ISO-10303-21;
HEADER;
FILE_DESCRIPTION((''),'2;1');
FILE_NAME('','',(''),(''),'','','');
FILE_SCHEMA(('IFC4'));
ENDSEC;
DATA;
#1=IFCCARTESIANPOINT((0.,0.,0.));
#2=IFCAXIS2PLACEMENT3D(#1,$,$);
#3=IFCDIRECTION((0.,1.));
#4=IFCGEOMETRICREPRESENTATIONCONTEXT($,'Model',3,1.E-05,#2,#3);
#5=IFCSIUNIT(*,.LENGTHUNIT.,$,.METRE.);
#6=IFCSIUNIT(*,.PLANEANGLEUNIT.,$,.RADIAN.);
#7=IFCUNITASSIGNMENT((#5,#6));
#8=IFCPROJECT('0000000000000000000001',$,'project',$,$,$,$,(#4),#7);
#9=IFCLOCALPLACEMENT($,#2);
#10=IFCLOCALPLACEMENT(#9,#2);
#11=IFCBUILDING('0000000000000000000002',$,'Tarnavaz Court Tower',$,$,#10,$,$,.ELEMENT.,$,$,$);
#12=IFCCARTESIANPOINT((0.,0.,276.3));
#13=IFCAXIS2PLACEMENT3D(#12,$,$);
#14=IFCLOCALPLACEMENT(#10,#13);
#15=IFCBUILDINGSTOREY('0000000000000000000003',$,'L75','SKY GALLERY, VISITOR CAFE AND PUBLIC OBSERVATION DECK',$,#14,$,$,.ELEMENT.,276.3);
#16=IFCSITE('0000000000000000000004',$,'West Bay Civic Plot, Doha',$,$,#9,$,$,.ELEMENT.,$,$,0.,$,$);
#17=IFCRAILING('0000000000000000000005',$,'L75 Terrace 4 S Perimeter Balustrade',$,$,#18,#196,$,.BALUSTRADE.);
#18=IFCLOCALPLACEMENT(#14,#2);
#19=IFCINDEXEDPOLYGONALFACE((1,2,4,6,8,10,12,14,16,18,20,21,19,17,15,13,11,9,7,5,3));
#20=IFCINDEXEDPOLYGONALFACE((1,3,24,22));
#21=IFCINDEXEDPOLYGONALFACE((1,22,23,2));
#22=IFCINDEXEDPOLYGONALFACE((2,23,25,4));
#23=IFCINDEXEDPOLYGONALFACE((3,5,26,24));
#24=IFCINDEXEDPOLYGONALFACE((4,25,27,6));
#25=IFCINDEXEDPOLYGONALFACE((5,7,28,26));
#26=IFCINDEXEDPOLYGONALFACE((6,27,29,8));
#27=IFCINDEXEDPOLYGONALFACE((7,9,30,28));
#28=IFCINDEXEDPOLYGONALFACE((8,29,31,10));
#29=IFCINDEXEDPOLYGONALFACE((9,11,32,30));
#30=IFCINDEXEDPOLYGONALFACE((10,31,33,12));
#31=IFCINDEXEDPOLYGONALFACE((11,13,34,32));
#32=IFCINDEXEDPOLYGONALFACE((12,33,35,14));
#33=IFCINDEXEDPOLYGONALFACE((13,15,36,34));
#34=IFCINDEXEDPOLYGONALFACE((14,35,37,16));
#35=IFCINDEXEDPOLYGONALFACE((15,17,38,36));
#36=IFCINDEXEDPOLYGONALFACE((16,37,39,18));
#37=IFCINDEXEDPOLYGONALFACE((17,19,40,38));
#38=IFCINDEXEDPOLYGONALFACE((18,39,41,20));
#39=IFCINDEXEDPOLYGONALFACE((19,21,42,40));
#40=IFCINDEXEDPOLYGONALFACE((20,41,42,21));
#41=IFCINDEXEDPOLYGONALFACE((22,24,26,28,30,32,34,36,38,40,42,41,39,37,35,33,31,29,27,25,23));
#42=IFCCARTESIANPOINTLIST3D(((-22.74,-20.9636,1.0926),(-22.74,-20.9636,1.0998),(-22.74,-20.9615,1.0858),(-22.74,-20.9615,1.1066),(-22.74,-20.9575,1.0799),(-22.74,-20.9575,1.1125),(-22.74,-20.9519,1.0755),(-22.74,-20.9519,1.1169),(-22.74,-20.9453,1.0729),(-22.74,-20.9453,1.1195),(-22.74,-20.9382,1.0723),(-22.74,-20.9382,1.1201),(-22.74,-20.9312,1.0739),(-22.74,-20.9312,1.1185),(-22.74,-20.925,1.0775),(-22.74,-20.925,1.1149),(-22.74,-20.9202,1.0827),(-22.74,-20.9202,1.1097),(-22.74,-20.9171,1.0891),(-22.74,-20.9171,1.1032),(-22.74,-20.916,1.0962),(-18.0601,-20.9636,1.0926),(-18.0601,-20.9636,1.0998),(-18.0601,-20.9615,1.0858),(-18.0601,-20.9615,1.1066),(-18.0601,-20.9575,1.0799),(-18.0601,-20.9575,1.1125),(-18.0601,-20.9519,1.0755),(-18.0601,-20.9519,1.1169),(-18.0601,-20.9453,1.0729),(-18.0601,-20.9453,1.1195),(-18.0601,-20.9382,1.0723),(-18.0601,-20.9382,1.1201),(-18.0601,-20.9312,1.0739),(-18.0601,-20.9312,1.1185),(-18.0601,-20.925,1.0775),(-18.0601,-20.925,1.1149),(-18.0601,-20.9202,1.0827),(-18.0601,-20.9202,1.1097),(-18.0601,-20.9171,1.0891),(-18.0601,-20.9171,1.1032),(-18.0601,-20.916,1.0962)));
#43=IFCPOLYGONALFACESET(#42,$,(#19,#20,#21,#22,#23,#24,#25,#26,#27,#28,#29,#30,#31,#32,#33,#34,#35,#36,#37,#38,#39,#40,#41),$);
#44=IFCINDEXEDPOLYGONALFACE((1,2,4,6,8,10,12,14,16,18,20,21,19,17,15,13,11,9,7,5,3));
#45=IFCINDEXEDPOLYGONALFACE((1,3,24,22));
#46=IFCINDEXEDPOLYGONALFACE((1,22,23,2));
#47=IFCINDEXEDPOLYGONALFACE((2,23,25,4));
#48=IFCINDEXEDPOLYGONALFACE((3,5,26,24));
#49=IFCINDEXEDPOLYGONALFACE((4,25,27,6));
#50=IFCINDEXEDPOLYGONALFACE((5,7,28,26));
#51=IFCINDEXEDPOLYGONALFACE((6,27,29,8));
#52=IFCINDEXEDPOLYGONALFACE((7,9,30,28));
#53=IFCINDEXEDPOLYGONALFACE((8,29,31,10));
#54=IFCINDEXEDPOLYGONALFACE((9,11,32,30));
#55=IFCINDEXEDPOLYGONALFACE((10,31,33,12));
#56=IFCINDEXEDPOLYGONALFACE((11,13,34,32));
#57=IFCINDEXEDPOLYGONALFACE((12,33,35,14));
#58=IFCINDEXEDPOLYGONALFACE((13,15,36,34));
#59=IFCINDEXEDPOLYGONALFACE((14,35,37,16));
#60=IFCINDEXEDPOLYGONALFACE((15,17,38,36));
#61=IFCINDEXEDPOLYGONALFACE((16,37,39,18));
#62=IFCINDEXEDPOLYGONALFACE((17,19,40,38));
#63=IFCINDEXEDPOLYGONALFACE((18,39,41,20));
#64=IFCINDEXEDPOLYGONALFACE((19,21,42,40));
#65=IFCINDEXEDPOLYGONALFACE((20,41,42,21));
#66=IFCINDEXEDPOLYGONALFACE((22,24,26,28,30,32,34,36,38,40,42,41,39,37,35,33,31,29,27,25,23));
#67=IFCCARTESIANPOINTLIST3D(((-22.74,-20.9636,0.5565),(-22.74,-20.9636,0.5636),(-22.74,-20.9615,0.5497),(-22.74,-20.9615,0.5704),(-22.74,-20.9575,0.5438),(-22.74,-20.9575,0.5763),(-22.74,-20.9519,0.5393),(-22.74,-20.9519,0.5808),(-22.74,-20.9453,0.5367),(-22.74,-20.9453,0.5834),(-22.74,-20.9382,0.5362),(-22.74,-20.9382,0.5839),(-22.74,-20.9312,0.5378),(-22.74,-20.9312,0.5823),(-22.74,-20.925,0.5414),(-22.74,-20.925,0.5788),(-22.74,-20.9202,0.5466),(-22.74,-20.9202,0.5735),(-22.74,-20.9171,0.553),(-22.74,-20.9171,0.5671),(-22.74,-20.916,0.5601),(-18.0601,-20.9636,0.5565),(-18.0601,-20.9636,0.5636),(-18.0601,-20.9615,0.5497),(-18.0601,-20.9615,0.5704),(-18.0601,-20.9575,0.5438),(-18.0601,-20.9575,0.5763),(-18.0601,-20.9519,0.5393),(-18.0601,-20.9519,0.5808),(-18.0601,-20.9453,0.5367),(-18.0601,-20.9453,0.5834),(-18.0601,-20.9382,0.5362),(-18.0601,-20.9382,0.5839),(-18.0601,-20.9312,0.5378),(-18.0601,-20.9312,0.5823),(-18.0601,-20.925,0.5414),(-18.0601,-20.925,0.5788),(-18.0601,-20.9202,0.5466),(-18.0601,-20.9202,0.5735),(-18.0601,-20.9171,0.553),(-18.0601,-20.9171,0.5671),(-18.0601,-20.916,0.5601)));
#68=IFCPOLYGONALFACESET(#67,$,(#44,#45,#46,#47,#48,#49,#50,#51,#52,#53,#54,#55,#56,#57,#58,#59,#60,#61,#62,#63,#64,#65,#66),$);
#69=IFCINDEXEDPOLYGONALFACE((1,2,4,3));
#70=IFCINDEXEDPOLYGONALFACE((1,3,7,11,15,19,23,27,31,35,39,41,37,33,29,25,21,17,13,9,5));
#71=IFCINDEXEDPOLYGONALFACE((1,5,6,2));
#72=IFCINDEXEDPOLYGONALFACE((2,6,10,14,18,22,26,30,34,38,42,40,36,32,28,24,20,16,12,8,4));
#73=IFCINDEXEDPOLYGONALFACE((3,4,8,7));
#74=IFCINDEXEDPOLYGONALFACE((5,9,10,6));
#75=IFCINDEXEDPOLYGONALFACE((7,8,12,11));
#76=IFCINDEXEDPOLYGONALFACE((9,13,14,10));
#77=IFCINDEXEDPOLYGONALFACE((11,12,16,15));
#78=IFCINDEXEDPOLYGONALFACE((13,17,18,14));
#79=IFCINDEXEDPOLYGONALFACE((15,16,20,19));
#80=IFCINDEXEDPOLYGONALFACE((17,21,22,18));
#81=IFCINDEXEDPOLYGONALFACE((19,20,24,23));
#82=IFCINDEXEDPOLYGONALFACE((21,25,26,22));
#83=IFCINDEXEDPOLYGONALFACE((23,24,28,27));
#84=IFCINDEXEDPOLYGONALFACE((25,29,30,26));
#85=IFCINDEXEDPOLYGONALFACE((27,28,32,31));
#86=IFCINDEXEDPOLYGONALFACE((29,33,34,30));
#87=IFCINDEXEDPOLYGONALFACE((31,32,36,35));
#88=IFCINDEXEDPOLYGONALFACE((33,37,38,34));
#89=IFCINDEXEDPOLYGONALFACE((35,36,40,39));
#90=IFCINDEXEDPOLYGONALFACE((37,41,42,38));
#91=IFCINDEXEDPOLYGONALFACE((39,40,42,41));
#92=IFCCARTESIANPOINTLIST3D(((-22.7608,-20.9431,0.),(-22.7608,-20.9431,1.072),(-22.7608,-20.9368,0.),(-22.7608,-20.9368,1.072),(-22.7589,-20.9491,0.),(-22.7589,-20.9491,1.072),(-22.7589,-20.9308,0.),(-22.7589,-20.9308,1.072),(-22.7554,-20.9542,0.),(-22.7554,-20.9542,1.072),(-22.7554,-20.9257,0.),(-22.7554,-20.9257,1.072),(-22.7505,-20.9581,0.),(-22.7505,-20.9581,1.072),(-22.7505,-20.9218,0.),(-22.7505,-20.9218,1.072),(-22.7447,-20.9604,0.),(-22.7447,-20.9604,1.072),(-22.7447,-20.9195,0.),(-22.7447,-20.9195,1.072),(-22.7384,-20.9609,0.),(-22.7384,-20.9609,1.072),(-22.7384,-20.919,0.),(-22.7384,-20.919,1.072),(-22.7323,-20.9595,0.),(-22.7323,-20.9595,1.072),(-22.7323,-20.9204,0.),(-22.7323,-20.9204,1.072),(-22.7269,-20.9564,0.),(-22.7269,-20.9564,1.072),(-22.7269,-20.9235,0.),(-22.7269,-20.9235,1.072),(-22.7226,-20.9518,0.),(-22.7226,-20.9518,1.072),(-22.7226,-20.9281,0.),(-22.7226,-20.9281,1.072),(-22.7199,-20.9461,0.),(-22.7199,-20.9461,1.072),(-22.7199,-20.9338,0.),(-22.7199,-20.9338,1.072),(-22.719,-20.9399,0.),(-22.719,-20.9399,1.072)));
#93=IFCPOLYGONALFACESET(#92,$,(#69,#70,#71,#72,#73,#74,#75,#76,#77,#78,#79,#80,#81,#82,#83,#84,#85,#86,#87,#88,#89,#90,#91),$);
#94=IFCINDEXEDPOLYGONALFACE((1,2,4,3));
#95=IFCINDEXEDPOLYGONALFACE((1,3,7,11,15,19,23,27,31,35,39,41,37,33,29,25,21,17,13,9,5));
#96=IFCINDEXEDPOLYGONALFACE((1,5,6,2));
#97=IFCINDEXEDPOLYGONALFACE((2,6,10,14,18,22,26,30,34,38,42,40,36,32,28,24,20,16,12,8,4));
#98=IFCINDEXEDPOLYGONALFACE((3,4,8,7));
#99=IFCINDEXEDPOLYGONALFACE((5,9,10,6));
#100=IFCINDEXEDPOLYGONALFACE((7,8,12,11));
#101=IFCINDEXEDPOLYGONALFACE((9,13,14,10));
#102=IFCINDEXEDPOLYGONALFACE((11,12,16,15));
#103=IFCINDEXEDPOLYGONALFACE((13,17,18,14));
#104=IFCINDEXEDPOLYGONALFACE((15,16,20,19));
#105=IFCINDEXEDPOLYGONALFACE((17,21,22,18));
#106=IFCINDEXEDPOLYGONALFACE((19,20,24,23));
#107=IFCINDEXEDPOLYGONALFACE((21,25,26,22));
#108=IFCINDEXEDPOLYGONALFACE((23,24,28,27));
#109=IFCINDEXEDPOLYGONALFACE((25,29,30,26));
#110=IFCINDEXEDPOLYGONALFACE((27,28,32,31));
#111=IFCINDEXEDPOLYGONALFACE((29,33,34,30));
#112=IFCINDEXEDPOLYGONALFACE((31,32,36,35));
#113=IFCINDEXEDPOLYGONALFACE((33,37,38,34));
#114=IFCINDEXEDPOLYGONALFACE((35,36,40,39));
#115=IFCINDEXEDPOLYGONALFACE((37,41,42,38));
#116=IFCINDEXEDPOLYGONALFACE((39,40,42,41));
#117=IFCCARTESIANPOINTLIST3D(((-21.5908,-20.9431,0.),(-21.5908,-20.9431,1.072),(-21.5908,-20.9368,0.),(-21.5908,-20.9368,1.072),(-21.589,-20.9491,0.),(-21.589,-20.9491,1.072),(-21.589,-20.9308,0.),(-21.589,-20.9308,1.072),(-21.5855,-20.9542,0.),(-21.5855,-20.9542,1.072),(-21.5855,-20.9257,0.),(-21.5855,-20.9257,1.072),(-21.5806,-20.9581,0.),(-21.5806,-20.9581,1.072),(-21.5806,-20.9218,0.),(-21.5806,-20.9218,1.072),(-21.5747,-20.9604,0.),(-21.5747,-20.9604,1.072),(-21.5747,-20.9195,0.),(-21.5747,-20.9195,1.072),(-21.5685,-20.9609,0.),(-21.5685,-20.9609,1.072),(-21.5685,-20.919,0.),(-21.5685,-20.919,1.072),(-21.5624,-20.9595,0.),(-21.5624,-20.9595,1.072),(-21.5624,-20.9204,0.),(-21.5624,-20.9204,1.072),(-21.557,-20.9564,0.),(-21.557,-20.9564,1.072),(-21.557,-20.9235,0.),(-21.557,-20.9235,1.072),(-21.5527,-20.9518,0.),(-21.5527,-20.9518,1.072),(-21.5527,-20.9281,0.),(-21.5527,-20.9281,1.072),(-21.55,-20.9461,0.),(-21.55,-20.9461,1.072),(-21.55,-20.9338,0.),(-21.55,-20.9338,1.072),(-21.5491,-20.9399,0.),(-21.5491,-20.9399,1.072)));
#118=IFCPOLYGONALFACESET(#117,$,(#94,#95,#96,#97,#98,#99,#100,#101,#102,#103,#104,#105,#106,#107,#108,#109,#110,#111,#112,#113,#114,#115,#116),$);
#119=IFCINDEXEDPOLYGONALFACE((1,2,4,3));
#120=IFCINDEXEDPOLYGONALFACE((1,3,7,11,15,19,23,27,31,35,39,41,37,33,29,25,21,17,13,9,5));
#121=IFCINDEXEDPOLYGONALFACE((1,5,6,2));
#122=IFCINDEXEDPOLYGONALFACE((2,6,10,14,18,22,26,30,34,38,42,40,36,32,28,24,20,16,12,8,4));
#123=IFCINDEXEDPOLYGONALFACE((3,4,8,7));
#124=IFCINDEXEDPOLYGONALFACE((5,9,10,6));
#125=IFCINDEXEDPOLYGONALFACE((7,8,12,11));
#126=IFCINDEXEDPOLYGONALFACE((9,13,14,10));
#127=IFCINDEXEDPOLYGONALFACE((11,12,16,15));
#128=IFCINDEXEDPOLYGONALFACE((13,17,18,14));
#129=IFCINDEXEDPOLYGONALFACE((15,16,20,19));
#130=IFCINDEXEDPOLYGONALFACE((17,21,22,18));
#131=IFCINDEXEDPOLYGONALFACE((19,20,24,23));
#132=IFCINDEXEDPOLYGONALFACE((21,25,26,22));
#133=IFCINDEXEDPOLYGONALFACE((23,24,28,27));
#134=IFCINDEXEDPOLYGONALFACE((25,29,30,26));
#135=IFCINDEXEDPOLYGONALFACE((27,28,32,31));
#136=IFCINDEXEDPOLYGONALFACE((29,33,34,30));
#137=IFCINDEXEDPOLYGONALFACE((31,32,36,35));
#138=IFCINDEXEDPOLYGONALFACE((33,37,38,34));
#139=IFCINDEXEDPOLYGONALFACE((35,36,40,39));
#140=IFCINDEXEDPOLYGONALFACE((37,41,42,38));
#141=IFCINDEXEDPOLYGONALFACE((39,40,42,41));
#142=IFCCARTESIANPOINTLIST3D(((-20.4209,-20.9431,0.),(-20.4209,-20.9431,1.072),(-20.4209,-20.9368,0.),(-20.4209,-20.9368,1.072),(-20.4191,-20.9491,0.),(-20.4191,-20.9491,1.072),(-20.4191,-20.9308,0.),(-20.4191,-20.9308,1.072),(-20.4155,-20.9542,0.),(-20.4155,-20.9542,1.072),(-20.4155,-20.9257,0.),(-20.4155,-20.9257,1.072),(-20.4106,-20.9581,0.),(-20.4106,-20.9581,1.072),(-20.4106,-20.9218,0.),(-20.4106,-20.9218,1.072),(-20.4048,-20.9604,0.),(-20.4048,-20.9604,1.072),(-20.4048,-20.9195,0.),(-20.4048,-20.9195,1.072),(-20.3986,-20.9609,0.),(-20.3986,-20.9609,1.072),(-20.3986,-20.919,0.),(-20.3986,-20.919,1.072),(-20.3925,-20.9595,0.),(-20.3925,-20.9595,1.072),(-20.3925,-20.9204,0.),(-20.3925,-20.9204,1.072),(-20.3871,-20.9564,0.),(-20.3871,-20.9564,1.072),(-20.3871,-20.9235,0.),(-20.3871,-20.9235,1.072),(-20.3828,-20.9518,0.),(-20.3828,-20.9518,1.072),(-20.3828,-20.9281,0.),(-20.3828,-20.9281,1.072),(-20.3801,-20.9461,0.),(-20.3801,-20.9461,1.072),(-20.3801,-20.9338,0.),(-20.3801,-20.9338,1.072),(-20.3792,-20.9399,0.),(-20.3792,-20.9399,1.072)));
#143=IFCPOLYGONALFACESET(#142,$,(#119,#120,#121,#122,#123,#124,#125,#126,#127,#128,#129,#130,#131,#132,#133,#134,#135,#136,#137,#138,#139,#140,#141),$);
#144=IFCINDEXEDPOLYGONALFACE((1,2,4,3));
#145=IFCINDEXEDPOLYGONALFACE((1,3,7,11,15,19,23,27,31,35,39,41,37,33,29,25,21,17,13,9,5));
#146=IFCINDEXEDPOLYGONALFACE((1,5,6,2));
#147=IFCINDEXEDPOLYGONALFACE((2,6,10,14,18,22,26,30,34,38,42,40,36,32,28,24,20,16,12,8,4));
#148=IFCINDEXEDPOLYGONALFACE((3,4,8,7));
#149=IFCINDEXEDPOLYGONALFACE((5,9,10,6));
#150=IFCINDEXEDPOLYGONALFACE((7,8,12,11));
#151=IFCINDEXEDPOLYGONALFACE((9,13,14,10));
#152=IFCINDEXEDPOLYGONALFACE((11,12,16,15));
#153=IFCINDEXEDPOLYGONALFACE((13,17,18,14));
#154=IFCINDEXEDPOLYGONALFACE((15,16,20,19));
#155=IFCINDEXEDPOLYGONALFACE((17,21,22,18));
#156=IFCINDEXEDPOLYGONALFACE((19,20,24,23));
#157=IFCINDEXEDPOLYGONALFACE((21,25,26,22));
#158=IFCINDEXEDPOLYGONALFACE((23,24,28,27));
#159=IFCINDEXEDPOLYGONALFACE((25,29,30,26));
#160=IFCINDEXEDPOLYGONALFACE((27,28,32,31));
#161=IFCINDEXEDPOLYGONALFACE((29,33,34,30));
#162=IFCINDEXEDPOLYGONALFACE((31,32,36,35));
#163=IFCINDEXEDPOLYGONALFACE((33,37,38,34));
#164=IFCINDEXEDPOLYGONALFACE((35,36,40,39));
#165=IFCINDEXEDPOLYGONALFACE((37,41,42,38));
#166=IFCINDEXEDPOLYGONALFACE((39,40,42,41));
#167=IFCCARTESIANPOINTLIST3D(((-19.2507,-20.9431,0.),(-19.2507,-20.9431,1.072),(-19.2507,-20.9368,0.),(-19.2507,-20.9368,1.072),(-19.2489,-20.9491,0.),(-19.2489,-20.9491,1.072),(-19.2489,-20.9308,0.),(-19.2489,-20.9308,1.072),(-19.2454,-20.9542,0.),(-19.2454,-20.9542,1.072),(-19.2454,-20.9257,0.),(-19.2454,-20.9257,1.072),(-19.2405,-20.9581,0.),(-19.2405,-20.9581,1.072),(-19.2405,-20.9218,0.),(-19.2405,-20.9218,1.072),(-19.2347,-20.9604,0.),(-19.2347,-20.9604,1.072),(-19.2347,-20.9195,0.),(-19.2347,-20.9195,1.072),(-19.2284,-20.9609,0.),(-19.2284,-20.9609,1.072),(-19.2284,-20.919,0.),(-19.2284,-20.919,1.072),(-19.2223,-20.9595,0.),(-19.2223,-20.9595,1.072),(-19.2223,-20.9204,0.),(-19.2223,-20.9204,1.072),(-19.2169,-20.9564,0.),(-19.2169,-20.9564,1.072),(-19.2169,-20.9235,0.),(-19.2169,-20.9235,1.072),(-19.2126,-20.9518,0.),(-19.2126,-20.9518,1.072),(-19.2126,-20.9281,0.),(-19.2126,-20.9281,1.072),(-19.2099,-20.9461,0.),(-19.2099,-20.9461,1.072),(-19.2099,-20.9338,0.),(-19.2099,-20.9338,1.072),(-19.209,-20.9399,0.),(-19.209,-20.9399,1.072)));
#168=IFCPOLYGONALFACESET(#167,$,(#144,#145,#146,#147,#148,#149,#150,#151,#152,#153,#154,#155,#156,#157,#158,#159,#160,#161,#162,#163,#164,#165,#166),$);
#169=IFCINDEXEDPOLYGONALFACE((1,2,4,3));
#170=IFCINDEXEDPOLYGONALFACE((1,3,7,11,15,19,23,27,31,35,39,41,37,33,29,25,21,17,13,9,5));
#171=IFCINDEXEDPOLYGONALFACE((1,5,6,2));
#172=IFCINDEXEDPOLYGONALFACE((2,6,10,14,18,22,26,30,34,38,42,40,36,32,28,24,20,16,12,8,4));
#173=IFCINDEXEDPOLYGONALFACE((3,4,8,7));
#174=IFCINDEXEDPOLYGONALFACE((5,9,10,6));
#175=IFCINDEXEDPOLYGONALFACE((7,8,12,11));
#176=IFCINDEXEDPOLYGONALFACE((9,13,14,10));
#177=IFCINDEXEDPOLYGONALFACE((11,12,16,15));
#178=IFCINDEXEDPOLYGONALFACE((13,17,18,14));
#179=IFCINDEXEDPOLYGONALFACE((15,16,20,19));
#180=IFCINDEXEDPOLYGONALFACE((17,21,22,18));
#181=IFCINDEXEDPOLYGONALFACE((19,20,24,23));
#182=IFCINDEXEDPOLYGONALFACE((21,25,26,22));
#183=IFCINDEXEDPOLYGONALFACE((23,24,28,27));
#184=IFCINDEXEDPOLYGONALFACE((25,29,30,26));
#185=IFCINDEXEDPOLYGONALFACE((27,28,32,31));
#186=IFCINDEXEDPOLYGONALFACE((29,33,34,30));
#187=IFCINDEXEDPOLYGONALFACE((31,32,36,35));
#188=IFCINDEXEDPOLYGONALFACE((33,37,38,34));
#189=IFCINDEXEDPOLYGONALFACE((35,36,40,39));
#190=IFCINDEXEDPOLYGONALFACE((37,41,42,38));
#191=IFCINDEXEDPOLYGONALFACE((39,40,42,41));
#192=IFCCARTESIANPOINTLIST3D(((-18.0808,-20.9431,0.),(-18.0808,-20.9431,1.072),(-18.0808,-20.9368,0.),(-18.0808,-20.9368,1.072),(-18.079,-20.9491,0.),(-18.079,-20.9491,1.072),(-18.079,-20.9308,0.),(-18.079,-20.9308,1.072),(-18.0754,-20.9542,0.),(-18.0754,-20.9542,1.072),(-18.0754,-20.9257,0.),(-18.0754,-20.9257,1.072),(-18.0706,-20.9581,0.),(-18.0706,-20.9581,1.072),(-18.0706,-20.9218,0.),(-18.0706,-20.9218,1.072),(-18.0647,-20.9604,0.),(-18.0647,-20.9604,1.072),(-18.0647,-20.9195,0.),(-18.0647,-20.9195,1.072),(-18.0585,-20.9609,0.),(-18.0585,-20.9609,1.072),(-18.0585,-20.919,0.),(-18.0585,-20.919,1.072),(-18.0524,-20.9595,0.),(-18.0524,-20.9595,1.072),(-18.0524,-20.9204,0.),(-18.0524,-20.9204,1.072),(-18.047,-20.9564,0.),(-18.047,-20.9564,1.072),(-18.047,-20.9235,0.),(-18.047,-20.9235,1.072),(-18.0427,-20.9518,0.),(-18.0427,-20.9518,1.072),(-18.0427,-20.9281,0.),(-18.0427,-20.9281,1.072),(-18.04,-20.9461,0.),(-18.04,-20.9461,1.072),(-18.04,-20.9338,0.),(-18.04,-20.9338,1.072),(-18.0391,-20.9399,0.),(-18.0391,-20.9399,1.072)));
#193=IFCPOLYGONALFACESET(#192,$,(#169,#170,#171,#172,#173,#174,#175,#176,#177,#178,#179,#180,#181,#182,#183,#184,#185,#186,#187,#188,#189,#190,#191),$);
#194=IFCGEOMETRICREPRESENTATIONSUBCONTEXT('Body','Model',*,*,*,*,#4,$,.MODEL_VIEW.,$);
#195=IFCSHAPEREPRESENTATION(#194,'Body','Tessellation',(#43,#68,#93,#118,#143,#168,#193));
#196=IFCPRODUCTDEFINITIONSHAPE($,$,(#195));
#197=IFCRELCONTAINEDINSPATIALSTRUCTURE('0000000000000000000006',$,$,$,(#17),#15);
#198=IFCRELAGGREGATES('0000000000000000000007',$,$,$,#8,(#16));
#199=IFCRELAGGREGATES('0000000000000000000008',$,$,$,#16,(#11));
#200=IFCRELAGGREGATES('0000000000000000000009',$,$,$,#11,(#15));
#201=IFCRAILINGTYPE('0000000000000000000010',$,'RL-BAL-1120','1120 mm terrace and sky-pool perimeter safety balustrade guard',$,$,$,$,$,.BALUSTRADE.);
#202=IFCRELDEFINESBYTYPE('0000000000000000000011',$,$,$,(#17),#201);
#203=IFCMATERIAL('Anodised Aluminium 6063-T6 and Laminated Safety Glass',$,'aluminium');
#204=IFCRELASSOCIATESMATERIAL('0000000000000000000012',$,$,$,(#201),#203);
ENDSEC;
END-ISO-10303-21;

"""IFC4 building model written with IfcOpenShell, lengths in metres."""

from ifc_helpers import new_model, si_unit, direction, frame, origin, origin_2d, place, context, subcontext, project, spatial, circle, extrude, material, type_object, element, save


model = new_model("IFC4")

# Units and contexts
model_context = context("Model", 3, precision=1e-05, world=origin(), true_north=direction((0.0, 1.0)))
body_context = subcontext(model_context, "Body", "Model", "MODEL_VIEW")
ifc_project = project(units=[si_unit("LENGTHUNIT", "METRE"), si_unit("PLANEANGLEUNIT", "RADIAN")], contexts=[model_context])

# Site, building, storey
site_placement = place(None, origin())
site = spatial("IfcSite", under=ifc_project, at=site_placement, Name="West Bay Civic Plot, Doha", CompositionType="ELEMENT", RefElevation=0.0)
building_placement = place(site_placement, origin())
building = spatial("IfcBuilding", under=site, at=building_placement, Name="Tarnavaz Court Tower", CompositionType="ELEMENT")
storey_placement = place(building_placement, frame((0.0, 0.0, 276.3)))
storey = spatial("IfcBuildingStorey", under=building, at=storey_placement, Name="L75", Description="SKY GALLERY, VISITOR CAFE AND PUBLIC OBSERVATION DECK", CompositionType="ELEMENT", Elevation=276.3)

# Railing
ifc_material_1 = material(Name="Anodised Aluminium 6063-T6 and Laminated Safety Glass", Category="aluminium")
railing_type = type_object("IfcRailingType", Name="RL-BAL-1120", Description="1120 mm terrace and sky-pool perimeter safety balustrade guard", PredefinedType="BALUSTRADE", material=ifc_material_1)
railing_1_placement = place(storey_placement, frame((-22.74, -20.9399, 0.0)))
element("IfcRailing", 1, at=railing_1_placement, inside=storey, type_object=railing_type, Name="L75 Terrace 4 S Perimeter Balustrade", PredefinedType="BALUSTRADE", context=body_context, shape_type="SweptSolid", body=[
    extrude(circle(Radius=0.0239, at=origin_2d()), frame((0.0, 0.0, 1.0962), z_axis=(1.0, 0.0, 0.0), x_axis=(0.0, 1.0, 0.0)), (0.0, 0.0, 1.0), 4.6799),
    extrude(circle(Radius=0.0239, at=origin_2d()), frame((0.0, 0.0, 0.5601), z_axis=(1.0, 0.0, 0.0), x_axis=(0.0, 1.0, 0.0)), (0.0, 0.0, 1.0), 4.6799),
    extrude(circle(Radius=0.021, at=origin_2d()), origin(), (0.0, 0.0, 1.0), 1.072),
    extrude(circle(Radius=0.021, at=origin_2d()), frame((1.1699, 0.0, 0.0)), (0.0, 0.0, 1.0), 1.072),
    extrude(circle(Radius=0.021, at=origin_2d()), frame((2.3398, 0.0, 0.0)), (0.0, 0.0, 1.0), 1.072),
    extrude(circle(Radius=0.021, at=origin_2d()), frame((3.51, 0.0, 0.0)), (0.0, 0.0, 1.0), 1.072),
    extrude(circle(Radius=0.021, at=origin_2d()), frame((4.6799, 0.0, 0.0)), (0.0, 0.0, 1.0), 1.072),
])

save(model, "model.ifc")
